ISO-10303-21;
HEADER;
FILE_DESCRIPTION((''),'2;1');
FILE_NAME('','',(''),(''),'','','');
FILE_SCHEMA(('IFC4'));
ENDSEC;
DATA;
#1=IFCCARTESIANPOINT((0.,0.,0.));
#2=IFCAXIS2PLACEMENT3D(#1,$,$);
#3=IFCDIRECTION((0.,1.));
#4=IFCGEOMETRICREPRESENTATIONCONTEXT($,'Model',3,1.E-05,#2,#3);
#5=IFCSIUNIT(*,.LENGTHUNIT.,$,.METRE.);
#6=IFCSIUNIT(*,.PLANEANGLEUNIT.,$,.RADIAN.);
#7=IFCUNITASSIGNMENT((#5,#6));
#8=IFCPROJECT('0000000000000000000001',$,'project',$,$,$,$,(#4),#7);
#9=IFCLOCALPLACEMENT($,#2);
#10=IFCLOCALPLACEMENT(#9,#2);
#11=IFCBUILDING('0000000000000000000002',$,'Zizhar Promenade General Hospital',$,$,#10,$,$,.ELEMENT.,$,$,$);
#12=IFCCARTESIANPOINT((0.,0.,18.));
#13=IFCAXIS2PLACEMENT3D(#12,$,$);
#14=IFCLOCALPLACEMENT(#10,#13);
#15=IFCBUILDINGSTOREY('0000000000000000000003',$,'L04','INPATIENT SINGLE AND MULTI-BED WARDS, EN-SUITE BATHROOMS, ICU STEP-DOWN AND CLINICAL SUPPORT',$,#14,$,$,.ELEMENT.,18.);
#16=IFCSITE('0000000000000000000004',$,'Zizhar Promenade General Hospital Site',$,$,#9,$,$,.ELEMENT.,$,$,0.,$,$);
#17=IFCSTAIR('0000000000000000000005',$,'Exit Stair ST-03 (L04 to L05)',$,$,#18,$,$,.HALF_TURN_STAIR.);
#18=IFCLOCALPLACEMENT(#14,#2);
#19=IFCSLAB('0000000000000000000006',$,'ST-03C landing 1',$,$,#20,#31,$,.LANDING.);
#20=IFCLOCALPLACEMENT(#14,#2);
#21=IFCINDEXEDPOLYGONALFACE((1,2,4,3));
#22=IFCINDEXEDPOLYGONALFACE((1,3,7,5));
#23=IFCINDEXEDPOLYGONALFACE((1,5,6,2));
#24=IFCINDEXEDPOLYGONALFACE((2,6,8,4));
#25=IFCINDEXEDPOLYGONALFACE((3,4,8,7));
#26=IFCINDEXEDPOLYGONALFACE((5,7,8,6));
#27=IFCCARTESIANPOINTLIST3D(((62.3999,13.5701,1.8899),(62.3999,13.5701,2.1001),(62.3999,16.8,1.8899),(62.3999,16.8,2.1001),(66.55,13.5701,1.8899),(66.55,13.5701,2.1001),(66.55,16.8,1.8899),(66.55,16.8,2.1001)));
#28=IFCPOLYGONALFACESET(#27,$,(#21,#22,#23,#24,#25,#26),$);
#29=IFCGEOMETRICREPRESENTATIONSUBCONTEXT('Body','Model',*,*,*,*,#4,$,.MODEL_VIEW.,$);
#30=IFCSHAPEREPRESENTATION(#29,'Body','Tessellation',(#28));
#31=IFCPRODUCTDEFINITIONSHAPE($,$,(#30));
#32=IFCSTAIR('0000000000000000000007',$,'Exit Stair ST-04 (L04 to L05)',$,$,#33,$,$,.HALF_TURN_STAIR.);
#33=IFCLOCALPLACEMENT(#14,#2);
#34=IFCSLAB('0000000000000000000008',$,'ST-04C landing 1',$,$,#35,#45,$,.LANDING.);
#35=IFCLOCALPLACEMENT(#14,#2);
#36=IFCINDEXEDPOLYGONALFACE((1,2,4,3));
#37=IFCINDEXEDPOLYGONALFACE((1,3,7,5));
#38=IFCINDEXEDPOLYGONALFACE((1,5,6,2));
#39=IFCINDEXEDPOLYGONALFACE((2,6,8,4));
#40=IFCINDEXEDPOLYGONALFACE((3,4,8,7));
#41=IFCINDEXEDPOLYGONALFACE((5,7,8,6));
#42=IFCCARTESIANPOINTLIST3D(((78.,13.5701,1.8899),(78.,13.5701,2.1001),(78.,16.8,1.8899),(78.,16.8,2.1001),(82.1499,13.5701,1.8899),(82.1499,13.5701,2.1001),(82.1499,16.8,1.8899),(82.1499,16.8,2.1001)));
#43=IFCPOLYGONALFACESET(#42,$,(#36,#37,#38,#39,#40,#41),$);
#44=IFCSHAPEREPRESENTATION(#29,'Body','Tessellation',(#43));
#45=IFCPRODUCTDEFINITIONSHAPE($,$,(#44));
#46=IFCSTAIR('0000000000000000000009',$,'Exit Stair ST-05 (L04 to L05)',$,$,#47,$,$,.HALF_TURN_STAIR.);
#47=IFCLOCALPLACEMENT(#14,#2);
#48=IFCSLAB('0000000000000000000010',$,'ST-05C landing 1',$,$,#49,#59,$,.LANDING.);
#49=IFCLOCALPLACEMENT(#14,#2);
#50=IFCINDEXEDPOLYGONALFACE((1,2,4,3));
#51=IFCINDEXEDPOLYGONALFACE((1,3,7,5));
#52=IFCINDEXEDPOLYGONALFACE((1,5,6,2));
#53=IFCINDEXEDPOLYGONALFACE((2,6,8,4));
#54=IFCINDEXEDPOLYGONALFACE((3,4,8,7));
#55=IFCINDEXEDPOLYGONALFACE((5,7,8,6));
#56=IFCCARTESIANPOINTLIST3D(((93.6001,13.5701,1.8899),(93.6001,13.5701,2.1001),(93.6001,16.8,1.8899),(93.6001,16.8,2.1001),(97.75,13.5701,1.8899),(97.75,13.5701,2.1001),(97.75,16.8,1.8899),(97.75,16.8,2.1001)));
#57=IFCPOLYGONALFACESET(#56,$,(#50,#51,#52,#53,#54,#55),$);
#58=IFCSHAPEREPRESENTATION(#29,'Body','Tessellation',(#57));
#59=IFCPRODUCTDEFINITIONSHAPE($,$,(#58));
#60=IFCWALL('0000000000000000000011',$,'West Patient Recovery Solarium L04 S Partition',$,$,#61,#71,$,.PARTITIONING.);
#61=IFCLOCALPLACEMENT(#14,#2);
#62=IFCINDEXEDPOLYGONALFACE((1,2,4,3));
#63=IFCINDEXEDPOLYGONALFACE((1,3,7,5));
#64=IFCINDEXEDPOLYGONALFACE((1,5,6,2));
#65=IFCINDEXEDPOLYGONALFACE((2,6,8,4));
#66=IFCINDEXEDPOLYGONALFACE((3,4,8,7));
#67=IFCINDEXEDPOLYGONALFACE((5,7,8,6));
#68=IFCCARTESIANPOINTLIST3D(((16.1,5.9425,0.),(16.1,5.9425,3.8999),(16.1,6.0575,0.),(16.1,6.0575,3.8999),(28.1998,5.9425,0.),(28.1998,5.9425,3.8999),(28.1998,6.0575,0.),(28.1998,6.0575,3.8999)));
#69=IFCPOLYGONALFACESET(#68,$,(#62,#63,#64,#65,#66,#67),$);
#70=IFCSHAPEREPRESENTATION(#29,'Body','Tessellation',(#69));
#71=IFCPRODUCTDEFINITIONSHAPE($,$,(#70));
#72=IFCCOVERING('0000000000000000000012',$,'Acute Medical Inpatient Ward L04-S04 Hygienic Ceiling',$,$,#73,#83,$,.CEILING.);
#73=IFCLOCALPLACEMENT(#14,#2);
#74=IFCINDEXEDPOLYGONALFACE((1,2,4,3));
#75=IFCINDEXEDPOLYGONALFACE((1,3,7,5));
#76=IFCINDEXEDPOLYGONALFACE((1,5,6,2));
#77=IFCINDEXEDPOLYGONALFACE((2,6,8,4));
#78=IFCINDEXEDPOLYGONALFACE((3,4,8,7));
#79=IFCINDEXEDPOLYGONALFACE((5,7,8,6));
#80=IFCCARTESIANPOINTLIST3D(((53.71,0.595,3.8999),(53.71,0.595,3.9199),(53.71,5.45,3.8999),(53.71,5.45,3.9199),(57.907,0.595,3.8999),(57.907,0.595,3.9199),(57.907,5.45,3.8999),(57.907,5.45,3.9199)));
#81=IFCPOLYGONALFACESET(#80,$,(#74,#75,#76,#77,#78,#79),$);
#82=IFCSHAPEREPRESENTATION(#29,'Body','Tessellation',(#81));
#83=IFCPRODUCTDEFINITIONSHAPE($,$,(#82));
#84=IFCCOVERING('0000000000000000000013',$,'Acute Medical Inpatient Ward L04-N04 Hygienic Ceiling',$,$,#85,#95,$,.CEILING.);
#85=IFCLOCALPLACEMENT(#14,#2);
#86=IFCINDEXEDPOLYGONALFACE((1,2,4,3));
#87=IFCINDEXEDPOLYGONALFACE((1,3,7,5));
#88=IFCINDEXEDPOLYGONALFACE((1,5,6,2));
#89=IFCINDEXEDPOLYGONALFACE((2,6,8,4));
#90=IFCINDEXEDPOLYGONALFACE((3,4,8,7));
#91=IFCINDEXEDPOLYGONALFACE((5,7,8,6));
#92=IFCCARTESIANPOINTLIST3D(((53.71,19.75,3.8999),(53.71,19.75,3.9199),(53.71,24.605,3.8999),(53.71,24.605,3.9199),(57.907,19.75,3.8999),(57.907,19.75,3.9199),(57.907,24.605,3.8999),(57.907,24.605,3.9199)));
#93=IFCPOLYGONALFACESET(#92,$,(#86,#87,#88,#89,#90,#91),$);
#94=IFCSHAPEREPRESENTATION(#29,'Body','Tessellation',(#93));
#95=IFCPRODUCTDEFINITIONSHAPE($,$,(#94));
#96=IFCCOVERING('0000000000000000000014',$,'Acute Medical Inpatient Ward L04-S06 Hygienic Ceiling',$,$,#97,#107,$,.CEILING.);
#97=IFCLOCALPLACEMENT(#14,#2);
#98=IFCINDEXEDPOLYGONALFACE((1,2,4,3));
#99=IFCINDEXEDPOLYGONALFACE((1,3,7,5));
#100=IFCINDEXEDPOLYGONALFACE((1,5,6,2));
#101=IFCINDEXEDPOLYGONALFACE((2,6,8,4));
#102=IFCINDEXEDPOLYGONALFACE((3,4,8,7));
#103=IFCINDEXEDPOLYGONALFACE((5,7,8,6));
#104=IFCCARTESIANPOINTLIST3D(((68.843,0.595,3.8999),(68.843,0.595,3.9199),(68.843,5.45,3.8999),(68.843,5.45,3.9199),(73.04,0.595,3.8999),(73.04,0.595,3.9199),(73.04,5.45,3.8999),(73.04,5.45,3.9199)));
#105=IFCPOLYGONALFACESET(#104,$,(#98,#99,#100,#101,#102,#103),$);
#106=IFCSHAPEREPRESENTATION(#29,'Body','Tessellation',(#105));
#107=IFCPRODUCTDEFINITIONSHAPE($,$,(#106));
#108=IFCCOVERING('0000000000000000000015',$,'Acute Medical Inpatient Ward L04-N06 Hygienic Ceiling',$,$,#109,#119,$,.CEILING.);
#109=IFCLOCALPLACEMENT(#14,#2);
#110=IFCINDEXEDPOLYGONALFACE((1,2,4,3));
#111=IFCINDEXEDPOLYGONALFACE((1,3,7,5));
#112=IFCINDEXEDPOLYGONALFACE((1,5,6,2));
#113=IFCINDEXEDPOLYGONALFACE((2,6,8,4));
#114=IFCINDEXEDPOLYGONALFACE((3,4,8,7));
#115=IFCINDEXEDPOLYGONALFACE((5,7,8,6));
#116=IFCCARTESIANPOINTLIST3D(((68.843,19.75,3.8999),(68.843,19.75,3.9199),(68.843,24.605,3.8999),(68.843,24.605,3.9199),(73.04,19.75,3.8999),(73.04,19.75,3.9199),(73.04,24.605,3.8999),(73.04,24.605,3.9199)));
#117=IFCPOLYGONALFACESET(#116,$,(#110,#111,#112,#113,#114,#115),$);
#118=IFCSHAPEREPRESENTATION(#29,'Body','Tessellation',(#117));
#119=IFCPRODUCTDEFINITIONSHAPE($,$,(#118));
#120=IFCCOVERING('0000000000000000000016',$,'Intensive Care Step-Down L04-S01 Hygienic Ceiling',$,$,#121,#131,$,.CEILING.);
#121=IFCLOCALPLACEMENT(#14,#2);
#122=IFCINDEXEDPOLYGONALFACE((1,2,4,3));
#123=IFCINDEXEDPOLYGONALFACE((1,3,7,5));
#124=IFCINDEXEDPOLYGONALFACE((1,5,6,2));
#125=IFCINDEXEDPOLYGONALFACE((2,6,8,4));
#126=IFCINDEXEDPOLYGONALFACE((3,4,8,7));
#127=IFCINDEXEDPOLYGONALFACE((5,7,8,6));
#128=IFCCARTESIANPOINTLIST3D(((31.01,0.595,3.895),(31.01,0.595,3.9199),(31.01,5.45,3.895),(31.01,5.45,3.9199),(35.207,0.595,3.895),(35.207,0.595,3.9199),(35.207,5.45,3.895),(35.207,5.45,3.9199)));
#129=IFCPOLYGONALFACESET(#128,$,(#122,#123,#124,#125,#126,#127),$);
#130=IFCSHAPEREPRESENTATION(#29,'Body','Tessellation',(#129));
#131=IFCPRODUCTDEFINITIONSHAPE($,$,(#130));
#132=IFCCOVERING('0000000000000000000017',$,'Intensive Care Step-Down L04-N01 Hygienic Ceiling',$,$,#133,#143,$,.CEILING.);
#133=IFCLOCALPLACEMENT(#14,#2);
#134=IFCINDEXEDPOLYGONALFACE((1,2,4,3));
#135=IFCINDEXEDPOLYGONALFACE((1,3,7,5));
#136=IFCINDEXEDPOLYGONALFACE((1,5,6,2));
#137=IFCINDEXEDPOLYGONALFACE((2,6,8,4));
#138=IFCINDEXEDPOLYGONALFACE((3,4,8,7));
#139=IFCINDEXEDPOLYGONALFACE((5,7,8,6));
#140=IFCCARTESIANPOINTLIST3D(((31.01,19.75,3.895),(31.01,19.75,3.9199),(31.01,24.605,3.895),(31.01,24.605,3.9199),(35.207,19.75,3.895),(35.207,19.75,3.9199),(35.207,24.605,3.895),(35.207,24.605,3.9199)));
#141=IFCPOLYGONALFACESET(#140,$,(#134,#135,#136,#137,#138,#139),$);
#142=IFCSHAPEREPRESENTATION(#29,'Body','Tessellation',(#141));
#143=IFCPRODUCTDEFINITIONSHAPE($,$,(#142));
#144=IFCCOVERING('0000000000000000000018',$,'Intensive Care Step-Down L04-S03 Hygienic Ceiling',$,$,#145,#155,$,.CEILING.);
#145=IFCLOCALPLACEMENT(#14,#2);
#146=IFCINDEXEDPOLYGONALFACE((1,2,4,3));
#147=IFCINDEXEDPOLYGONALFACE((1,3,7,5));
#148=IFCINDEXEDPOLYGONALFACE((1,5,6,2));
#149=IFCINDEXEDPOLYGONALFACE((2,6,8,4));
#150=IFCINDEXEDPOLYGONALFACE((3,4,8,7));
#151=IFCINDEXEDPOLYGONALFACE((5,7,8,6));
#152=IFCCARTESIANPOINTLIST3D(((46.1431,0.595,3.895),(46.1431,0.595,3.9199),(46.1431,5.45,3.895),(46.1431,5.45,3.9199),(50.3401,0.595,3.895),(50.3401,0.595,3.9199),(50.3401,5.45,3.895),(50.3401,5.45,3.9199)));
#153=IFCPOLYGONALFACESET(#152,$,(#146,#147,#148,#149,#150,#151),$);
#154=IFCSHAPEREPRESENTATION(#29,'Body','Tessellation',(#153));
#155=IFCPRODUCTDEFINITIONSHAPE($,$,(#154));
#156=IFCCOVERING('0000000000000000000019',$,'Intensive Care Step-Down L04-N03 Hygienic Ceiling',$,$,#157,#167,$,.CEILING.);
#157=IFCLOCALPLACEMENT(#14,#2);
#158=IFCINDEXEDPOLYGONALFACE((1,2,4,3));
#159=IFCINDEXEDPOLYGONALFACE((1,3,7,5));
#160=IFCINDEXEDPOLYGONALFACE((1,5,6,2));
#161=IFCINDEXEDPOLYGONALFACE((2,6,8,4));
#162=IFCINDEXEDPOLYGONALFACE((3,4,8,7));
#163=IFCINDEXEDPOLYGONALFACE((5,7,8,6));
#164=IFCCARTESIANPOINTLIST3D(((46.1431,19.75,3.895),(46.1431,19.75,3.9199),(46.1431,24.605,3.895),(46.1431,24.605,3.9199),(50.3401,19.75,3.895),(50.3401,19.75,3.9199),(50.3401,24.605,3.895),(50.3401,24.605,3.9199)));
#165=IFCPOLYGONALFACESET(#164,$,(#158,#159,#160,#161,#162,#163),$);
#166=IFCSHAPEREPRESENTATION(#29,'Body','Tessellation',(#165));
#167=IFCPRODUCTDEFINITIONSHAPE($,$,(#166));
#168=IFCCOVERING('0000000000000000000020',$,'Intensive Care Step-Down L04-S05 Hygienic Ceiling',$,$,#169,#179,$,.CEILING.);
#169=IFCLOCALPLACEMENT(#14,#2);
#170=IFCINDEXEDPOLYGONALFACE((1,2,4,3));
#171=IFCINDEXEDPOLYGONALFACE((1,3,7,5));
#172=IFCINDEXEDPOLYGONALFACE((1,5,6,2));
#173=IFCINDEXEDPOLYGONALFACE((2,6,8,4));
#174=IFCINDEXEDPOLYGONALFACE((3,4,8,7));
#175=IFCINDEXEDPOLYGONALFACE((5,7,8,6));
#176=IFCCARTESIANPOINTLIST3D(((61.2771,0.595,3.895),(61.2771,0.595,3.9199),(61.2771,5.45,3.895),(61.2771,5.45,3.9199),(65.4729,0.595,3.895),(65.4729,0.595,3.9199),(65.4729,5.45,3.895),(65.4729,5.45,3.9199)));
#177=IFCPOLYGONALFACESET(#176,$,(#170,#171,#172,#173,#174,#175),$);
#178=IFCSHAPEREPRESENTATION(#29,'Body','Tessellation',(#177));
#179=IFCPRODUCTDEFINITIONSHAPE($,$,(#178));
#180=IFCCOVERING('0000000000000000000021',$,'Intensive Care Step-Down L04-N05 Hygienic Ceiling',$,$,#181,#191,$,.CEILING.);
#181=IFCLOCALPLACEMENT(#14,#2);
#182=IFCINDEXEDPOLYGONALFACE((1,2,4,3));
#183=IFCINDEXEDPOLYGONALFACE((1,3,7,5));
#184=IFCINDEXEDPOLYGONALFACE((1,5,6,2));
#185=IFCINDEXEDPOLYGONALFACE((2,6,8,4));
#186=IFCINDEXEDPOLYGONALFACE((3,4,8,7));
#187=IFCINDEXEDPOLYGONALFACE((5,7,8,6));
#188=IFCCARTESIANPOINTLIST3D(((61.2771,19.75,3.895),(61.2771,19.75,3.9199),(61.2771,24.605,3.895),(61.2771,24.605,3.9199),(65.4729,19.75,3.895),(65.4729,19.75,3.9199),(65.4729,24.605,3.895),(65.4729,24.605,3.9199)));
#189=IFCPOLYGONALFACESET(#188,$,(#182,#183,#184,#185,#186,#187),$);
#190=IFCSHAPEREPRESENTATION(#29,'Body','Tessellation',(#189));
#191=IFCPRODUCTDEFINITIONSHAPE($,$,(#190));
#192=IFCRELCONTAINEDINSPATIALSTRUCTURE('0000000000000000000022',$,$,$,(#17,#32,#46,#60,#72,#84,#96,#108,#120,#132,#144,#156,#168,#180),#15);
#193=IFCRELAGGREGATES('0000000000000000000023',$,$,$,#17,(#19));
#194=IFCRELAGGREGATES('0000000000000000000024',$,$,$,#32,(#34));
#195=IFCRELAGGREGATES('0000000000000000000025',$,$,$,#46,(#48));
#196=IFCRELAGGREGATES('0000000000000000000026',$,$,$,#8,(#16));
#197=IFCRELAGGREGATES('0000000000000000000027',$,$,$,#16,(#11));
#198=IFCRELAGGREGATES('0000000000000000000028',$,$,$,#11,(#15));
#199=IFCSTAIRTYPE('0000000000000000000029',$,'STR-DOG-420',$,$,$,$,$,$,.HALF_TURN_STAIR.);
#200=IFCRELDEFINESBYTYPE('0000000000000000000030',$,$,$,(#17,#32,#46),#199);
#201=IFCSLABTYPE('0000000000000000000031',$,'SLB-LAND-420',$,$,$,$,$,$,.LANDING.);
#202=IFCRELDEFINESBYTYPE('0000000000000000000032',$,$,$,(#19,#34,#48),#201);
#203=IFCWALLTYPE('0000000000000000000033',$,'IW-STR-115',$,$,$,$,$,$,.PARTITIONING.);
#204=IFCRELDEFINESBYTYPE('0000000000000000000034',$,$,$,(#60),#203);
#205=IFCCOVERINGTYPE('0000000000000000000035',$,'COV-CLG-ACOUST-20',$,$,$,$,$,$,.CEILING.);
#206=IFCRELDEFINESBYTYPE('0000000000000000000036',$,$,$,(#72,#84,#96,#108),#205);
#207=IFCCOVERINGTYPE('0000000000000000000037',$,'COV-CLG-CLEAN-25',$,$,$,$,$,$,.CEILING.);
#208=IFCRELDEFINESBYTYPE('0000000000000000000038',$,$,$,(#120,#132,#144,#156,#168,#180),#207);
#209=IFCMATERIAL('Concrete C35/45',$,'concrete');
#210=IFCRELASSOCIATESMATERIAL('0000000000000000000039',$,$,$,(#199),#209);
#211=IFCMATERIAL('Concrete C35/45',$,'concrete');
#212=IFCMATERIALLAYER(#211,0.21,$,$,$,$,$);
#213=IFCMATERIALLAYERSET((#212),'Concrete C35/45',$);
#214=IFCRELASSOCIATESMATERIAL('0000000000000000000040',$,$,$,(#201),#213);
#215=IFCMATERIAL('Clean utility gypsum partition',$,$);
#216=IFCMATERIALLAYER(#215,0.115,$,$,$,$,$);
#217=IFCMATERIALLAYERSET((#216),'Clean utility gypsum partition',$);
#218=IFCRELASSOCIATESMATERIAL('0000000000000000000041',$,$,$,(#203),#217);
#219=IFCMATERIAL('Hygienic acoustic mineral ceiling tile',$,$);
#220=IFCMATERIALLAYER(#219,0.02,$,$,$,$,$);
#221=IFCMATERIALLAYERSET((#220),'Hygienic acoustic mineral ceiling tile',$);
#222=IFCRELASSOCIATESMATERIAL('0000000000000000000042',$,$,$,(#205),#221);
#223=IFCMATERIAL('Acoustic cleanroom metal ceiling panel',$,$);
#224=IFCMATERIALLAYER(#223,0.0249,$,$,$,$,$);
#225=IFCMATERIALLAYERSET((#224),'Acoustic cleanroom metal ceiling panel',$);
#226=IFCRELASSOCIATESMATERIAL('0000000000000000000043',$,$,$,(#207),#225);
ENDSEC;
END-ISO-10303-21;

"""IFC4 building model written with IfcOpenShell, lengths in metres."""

from ifc_helpers import new_model, si_unit, direction, frame, frame_2d, origin, place, context, subcontext, project, spatial, polyline, rectangle, outline, extrude, material, layer, layer_set, type_object, element, aggregate, save


model = new_model("IFC4")

# Units and contexts
model_context = context("Model", 3, precision=1e-05, world=origin(), true_north=direction((0.0, 1.0)))
body_context = subcontext(model_context, "Body", "Model", "MODEL_VIEW")
ifc_project = project(units=[si_unit("LENGTHUNIT", "METRE"), si_unit("PLANEANGLEUNIT", "RADIAN")], contexts=[model_context])

# Site, building, storey
site_placement = place(None, origin())
site = spatial("IfcSite", under=ifc_project, at=site_placement, Name="Zizhar Promenade General Hospital Site", CompositionType="ELEMENT", RefElevation=0.0)
building_placement = place(site_placement, origin())
building = spatial("IfcBuilding", under=site, at=building_placement, Name="Zizhar Promenade General Hospital", CompositionType="ELEMENT")
storey_placement = place(building_placement, frame((0.0, 0.0, 18.0)))
storey = spatial("IfcBuildingStorey", under=building, at=storey_placement, Name="L04", Description="INPATIENT SINGLE AND MULTI-BED WARDS, EN-SUITE BATHROOMS, ICU STEP-DOWN AND CLINICAL SUPPORT", CompositionType="ELEMENT", Elevation=18.0)

# Stairs, slabs
ifc_material_1 = material(Name="Concrete C35/45", Category="concrete")
stair_type = type_object("IfcStairType", Name="STR-DOG-420", PredefinedType="HALF_TURN_STAIR", material=ifc_material_1)
ifc_material_2 = material(Name="Concrete C35/45", Category="concrete")
ifc_layer_1 = layer(ifc_material_2, 0.21)
ifc_layer_set_1 = layer_set([ifc_layer_1], Name="Concrete C35/45")
slab_type = type_object("IfcSlabType", Name="SLB-LAND-420", PredefinedType="LANDING", material=ifc_layer_set_1)
stair_1_placement = place(storey_placement, origin())
stair_1 = element("IfcStair", 1, at=stair_1_placement, inside=storey, type_object=stair_type, Name="Exit Stair ST-03 (L04 to L05)", PredefinedType="HALF_TURN_STAIR")
slab_1_placement = place(storey_placement, frame((0.0, 0.0, 1.8899)))
slab_1 = element("IfcSlab", 2, at=slab_1_placement, type_object=slab_type, Name="ST-03C landing 1", PredefinedType="LANDING", context=body_context, shape_type="SweptSolid", body=[
    extrude(outline(polyline([(62.3999, 13.5701), (66.55, 13.5701), (66.55, 16.8), (62.3999, 16.8), (62.3999, 13.5701)])), origin(), (0.0, 0.0, 1.0), 0.2102),
])
aggregate(stair_1, [slab_1])
stair_2_placement = place(storey_placement, origin())
stair_2 = element("IfcStair", 3, at=stair_2_placement, inside=storey, type_object=stair_type, Name="Exit Stair ST-04 (L04 to L05)", PredefinedType="HALF_TURN_STAIR")
slab_2_placement = place(storey_placement, frame((0.0, 0.0, 1.8899)))
slab_2 = element("IfcSlab", 4, at=slab_2_placement, type_object=slab_type, Name="ST-04C landing 1", PredefinedType="LANDING", context=body_context, shape_type="SweptSolid", body=[
    extrude(outline(polyline([(78.0, 13.5701), (82.1499, 13.5701), (82.1499, 16.8), (78.0, 16.8), (78.0, 13.5701)])), origin(), (0.0, 0.0, 1.0), 0.2102),
])
aggregate(stair_2, [slab_2])
stair_3_placement = place(storey_placement, origin())
stair_3 = element("IfcStair", 5, at=stair_3_placement, inside=storey, type_object=stair_type, Name="Exit Stair ST-05 (L04 to L05)", PredefinedType="HALF_TURN_STAIR")
slab_3_placement = place(storey_placement, frame((0.0, 0.0, 1.8899)))
slab_3 = element("IfcSlab", 6, at=slab_3_placement, type_object=slab_type, Name="ST-05C landing 1", PredefinedType="LANDING", context=body_context, shape_type="SweptSolid", body=[
    extrude(outline(polyline([(93.6001, 13.5701), (97.75, 13.5701), (97.75, 16.8), (93.6001, 16.8), (93.6001, 13.5701)])), origin(), (0.0, 0.0, 1.0), 0.2102),
])
aggregate(stair_3, [slab_3])

# Wall
ifc_material_3 = material(Name="Clean utility gypsum partition")
ifc_layer_2 = layer(ifc_material_3, 0.115)
ifc_layer_set_2 = layer_set([ifc_layer_2], Name="Clean utility gypsum partition")
wall_type = type_object("IfcWallType", Name="IW-STR-115", PredefinedType="PARTITIONING", material=ifc_layer_set_2)
wall_placement = place(storey_placement, frame((16.1001, 6.0, 0.0), z_axis=(0.0, 0.0, 1.0), x_axis=(1.0, 0.0, 0.0)))
element("IfcWall", 7, at=wall_placement, inside=storey, type_object=wall_type, Name="West Patient Recovery Solarium L04 S Partition", PredefinedType="PARTITIONING", context=body_context, shape_type="SweptSolid", body=[
    extrude(rectangle(XDim=12.0999, YDim=0.115, at=frame_2d((6.0498, 0.0))), origin(), (0.0, 0.0, 1.0), 3.8999),
])

# Coverings
ifc_material_4 = material(Name="Hygienic acoustic mineral ceiling tile")
ifc_layer_3 = layer(ifc_material_4, 0.02)
ifc_layer_set_3 = layer_set([ifc_layer_3], Name="Hygienic acoustic mineral ceiling tile")
covering_type_1 = type_object("IfcCoveringType", Name="COV-CLG-ACOUST-20", PredefinedType="CEILING", material=ifc_layer_set_3)
covering_1_placement = place(storey_placement, frame((0.0, 0.0, 3.8999)))
element("IfcCovering", 8, at=covering_1_placement, inside=storey, type_object=covering_type_1, Name="Acute Medical Inpatient Ward L04-S04 Hygienic Ceiling", PredefinedType="CEILING", context=body_context, shape_type="SweptSolid", body=[
    extrude(outline(polyline([(53.71, 0.595), (57.907, 0.595), (57.907, 5.45), (53.71, 5.45), (53.71, 0.595)])), origin(), (0.0, 0.0, 1.0), 0.02),
])
covering_2_placement = place(storey_placement, frame((0.0, 0.0, 3.8999)))
element("IfcCovering", 9, at=covering_2_placement, inside=storey, type_object=covering_type_1, Name="Acute Medical Inpatient Ward L04-N04 Hygienic Ceiling", PredefinedType="CEILING", context=body_context, shape_type="SweptSolid", body=[
    extrude(outline(polyline([(53.71, 19.75), (57.907, 19.75), (57.907, 24.605), (53.71, 24.605), (53.71, 19.75)])), origin(), (0.0, 0.0, 1.0), 0.02),
])
covering_3_placement = place(storey_placement, frame((0.0, 0.0, 3.8999)))
element("IfcCovering", 10, at=covering_3_placement, inside=storey, type_object=covering_type_1, Name="Acute Medical Inpatient Ward L04-S06 Hygienic Ceiling", PredefinedType="CEILING", context=body_context, shape_type="SweptSolid", body=[
    extrude(outline(polyline([(68.843, 0.595), (73.04, 0.595), (73.04, 5.45), (68.843, 5.45), (68.843, 0.595)])), origin(), (0.0, 0.0, 1.0), 0.02),
])
covering_4_placement = place(storey_placement, frame((0.0, 0.0, 3.8999)))
element("IfcCovering", 11, at=covering_4_placement, inside=storey, type_object=covering_type_1, Name="Acute Medical Inpatient Ward L04-N06 Hygienic Ceiling", PredefinedType="CEILING", context=body_context, shape_type="SweptSolid", body=[
    extrude(outline(polyline([(68.843, 19.75), (73.04, 19.75), (73.04, 24.605), (68.843, 24.605), (68.843, 19.75)])), origin(), (0.0, 0.0, 1.0), 0.02),
])
ifc_material_5 = material(Name="Acoustic cleanroom metal ceiling panel")
ifc_layer_4 = layer(ifc_material_5, 0.0249)
ifc_layer_set_4 = layer_set([ifc_layer_4], Name="Acoustic cleanroom metal ceiling panel")
covering_type_2 = type_object("IfcCoveringType", Name="COV-CLG-CLEAN-25", PredefinedType="CEILING", material=ifc_layer_set_4)
covering_5_placement = place(storey_placement, frame((0.0, 0.0, 3.895)))
element("IfcCovering", 12, at=covering_5_placement, inside=storey, type_object=covering_type_2, Name="Intensive Care Step-Down L04-S01 Hygienic Ceiling", PredefinedType="CEILING", context=body_context, shape_type="SweptSolid", body=[
    extrude(outline(polyline([(31.01, 0.595), (35.207, 0.595), (35.207, 5.45), (31.01, 5.45), (31.01, 0.595)])), origin(), (0.0, 0.0, 1.0), 0.0249),
])
covering_6_placement = place(storey_placement, frame((0.0, 0.0, 3.895)))
element("IfcCovering", 13, at=covering_6_placement, inside=storey, type_object=covering_type_2, Name="Intensive Care Step-Down L04-N01 Hygienic Ceiling", PredefinedType="CEILING", context=body_context, shape_type="SweptSolid", body=[
    extrude(outline(polyline([(31.01, 19.75), (35.207, 19.75), (35.207, 24.605), (31.01, 24.605), (31.01, 19.75)])), origin(), (0.0, 0.0, 1.0), 0.0249),
])
covering_7_placement = place(storey_placement, frame((0.0, 0.0, 3.895)))
element("IfcCovering", 14, at=covering_7_placement, inside=storey, type_object=covering_type_2, Name="Intensive Care Step-Down L04-S03 Hygienic Ceiling", PredefinedType="CEILING", context=body_context, shape_type="SweptSolid", body=[
    extrude(outline(polyline([(46.1431, 0.595), (50.3401, 0.595), (50.3401, 5.45), (46.1431, 5.45), (46.1431, 0.595)])), origin(), (0.0, 0.0, 1.0), 0.0249),
])
covering_8_placement = place(storey_placement, frame((0.0, 0.0, 3.895)))
element("IfcCovering", 15, at=covering_8_placement, inside=storey, type_object=covering_type_2, Name="Intensive Care Step-Down L04-N03 Hygienic Ceiling", PredefinedType="CEILING", context=body_context, shape_type="SweptSolid", body=[
    extrude(outline(polyline([(46.1431, 19.75), (50.3401, 19.75), (50.3401, 24.605), (46.1431, 24.605), (46.1431, 19.75)])), origin(), (0.0, 0.0, 1.0), 0.0249),
])
covering_9_placement = place(storey_placement, frame((0.0, 0.0, 3.895)))
element("IfcCovering", 16, at=covering_9_placement, inside=storey, type_object=covering_type_2, Name="Intensive Care Step-Down L04-S05 Hygienic Ceiling", PredefinedType="CEILING", context=body_context, shape_type="SweptSolid", body=[
    extrude(outline(polyline([(61.2771, 0.595), (65.4729, 0.595), (65.4729, 5.45), (61.2771, 5.45), (61.2771, 0.595)])), origin(), (0.0, 0.0, 1.0), 0.0249),
])
covering_10_placement = place(storey_placement, frame((0.0, 0.0, 3.895)))
element("IfcCovering", 17, at=covering_10_placement, inside=storey, type_object=covering_type_2, Name="Intensive Care Step-Down L04-N05 Hygienic Ceiling", PredefinedType="CEILING", context=body_context, shape_type="SweptSolid", body=[
    extrude(outline(polyline([(61.2771, 19.75), (65.4729, 19.75), (65.4729, 24.605), (61.2771, 24.605), (61.2771, 19.75)])), origin(), (0.0, 0.0, 1.0), 0.0249),
])

save(model, "model.ifc")
